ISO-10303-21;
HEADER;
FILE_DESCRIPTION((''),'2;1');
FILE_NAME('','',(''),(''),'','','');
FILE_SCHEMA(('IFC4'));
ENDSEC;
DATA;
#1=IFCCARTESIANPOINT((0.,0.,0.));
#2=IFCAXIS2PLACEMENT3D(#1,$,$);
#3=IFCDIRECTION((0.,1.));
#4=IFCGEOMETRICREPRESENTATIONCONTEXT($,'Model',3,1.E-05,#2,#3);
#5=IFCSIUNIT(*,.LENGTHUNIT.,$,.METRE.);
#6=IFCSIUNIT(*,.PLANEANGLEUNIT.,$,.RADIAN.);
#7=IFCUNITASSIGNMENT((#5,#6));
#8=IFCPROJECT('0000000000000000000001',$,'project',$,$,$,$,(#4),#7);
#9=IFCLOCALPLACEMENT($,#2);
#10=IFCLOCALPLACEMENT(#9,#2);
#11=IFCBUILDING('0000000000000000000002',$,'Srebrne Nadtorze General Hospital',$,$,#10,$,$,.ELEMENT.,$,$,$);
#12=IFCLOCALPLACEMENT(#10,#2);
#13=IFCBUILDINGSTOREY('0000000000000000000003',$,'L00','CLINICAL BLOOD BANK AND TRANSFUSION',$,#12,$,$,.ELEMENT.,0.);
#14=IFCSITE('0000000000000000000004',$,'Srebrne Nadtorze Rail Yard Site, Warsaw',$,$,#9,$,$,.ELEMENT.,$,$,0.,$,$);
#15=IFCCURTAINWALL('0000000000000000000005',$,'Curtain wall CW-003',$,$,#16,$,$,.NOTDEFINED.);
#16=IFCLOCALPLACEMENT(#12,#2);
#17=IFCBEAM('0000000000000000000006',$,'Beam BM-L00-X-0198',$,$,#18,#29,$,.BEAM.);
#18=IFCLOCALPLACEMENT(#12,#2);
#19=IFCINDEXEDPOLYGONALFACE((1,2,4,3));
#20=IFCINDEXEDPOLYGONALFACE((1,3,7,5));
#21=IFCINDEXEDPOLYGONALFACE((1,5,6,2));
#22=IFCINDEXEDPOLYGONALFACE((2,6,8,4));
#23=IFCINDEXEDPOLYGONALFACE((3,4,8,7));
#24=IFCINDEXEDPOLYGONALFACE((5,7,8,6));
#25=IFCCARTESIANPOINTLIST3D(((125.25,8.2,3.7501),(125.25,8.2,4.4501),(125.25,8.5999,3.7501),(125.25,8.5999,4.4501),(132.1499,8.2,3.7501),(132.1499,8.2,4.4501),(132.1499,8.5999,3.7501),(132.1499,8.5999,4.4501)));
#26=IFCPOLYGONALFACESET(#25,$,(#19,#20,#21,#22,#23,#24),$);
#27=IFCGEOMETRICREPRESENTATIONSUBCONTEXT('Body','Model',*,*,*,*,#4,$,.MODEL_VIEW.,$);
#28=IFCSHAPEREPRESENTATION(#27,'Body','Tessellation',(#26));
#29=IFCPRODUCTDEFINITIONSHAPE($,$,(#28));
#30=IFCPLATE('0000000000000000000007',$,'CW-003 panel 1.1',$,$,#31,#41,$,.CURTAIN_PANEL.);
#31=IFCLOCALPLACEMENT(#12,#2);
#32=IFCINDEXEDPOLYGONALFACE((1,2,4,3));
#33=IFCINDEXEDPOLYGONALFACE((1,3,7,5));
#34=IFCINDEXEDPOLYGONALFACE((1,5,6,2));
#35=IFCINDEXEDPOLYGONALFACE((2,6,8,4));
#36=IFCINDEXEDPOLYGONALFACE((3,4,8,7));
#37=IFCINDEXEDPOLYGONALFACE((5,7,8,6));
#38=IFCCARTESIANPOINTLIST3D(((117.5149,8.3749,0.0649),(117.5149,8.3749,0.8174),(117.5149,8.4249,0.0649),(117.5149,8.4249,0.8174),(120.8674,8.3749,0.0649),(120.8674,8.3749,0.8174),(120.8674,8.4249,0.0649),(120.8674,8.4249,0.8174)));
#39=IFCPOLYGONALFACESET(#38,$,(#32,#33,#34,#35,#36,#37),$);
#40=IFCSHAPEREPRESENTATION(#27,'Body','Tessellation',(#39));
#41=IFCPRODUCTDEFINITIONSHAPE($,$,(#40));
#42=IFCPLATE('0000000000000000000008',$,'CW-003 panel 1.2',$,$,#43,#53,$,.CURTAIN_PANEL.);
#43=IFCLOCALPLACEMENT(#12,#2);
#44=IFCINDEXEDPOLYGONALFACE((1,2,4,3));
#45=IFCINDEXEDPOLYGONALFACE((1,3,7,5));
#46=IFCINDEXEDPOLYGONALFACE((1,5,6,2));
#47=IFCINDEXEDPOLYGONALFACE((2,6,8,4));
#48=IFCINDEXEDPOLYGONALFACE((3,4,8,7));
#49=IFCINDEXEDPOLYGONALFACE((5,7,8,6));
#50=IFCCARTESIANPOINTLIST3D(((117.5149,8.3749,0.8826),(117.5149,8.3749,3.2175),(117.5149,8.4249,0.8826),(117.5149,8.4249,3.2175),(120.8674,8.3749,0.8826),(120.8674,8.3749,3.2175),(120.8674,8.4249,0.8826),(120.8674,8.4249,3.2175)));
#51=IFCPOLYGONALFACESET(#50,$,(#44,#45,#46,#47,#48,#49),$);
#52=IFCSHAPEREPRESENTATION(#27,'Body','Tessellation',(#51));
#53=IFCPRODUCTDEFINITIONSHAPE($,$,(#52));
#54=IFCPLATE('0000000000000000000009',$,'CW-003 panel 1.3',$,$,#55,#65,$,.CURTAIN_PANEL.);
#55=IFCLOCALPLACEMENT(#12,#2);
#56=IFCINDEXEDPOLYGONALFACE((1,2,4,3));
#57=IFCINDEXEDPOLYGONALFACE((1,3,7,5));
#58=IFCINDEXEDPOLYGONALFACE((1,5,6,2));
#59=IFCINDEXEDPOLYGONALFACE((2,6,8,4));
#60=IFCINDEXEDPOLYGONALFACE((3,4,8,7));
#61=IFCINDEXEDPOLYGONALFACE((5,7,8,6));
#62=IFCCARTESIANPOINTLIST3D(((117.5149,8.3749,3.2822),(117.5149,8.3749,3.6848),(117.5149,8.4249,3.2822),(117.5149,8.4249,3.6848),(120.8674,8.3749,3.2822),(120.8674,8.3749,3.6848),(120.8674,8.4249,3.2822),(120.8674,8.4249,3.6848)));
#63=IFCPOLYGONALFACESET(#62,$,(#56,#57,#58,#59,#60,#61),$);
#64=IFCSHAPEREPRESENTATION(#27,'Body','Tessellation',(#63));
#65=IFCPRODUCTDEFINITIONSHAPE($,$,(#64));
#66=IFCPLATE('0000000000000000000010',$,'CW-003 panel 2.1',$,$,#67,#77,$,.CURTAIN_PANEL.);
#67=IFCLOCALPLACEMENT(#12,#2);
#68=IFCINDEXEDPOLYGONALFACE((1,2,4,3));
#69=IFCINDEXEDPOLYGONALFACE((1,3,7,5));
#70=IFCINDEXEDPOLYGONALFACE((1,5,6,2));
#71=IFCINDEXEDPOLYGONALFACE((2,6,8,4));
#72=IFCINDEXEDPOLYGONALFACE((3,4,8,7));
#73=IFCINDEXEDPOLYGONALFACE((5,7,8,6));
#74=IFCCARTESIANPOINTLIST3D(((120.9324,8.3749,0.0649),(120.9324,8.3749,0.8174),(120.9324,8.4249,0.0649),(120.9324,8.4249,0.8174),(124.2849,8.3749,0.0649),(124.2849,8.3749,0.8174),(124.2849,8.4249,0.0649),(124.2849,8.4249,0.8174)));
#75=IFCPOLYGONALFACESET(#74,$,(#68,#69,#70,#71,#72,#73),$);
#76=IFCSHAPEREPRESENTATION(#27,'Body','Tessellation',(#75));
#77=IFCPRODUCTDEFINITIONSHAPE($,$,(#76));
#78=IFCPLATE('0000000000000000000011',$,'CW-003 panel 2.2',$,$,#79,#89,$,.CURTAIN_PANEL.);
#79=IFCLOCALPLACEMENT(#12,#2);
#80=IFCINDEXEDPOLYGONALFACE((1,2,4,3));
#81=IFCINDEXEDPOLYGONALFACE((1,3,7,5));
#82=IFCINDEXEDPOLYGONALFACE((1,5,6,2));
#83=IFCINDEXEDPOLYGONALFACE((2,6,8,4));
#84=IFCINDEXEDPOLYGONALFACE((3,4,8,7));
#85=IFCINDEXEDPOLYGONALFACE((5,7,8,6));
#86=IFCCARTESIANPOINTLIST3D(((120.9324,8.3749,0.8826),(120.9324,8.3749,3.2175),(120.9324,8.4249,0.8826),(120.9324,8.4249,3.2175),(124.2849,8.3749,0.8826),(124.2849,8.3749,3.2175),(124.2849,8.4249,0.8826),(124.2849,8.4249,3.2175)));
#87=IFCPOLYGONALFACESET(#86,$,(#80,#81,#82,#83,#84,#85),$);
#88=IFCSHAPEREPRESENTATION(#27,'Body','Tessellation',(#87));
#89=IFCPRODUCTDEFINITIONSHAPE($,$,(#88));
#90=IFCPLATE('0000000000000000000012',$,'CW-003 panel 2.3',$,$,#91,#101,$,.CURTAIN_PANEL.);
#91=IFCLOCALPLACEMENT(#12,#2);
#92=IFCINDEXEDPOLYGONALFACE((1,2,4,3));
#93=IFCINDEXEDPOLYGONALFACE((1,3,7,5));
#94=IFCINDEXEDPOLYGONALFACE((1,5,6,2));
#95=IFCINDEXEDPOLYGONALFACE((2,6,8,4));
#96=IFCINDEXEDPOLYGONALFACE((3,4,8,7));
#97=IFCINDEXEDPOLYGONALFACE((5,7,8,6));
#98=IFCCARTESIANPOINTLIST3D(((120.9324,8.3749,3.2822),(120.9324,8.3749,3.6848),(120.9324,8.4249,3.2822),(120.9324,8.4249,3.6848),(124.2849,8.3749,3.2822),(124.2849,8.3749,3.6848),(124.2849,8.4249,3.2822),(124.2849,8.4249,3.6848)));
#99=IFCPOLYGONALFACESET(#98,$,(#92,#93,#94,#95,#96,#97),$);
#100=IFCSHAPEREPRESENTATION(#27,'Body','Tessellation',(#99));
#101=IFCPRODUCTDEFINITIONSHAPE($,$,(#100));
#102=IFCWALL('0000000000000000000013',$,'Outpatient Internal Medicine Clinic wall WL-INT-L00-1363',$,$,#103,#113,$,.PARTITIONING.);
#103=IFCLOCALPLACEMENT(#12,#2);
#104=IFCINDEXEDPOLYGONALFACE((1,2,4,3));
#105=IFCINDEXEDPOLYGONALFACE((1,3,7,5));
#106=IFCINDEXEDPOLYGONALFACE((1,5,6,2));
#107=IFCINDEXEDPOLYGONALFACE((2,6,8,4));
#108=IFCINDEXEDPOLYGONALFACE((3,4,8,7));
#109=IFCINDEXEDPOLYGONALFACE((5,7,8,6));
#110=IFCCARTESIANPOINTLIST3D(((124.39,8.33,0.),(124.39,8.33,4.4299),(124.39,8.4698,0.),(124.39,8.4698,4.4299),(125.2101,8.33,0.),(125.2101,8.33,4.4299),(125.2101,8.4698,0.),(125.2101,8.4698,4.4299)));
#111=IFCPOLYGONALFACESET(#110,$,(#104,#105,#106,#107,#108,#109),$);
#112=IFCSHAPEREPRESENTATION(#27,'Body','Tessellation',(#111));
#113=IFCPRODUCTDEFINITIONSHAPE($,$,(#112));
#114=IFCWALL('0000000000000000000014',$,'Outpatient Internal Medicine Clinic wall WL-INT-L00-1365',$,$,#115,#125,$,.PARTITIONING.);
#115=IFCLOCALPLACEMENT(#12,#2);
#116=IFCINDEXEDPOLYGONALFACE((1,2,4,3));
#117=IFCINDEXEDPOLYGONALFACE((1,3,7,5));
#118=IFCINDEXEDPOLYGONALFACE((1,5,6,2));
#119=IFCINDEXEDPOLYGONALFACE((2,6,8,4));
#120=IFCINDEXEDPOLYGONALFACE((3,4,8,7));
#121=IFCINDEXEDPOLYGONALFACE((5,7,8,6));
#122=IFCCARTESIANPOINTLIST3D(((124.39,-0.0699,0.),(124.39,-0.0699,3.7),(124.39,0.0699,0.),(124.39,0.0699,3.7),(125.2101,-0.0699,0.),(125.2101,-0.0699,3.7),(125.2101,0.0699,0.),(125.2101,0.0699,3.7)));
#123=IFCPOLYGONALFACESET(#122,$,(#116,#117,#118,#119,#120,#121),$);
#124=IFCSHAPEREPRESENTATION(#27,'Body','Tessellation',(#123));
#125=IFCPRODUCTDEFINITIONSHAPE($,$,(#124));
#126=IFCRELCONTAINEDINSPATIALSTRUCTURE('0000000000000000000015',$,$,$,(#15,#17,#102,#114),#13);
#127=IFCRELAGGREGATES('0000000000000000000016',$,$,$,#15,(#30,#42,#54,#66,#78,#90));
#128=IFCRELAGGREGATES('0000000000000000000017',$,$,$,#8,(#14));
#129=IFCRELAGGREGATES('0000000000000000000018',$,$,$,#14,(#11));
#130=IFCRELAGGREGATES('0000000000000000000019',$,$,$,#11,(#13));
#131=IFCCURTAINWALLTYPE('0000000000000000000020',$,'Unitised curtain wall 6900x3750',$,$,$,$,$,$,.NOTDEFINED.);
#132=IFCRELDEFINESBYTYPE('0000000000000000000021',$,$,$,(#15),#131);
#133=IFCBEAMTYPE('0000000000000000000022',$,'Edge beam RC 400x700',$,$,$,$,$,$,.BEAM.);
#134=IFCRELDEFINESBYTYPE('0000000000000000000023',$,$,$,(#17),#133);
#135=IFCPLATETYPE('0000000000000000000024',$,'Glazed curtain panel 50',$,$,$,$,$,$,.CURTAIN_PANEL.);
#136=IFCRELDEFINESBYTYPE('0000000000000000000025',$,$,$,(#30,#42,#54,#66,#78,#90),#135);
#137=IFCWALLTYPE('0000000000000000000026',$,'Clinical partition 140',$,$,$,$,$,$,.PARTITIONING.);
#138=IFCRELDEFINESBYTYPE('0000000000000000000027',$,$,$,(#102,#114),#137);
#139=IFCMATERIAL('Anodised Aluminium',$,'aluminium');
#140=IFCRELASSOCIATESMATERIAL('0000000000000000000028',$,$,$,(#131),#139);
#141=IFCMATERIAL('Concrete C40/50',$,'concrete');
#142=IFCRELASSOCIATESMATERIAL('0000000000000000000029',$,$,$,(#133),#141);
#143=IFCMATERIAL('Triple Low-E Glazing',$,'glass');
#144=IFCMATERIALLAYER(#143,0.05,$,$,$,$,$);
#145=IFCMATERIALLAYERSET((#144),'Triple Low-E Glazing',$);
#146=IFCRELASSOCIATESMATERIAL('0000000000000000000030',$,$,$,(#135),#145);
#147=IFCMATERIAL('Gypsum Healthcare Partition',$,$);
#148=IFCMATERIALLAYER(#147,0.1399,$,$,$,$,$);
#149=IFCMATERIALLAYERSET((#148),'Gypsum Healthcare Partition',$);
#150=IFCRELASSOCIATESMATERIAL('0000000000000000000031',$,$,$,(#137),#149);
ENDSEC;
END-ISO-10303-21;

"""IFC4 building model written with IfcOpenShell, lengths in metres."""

from ifc_helpers import new_model, si_unit, direction, frame, frame_2d, origin, origin_2d, place, context, subcontext, project, spatial, rectangle, extrude, material, layer, layer_set, material_profile, profile_set, type_object, element, aggregate, save


model = new_model("IFC4")

# Units and contexts
model_context = context("Model", 3, precision=1e-05, world=origin(), true_north=direction((0.0, 1.0)))
body_context = subcontext(model_context, "Body", "Model", "MODEL_VIEW")
ifc_project = project(units=[si_unit("LENGTHUNIT", "METRE"), si_unit("PLANEANGLEUNIT", "RADIAN")], contexts=[model_context])

# Site, building, storey
site_placement = place(None, origin())
site = spatial("IfcSite", under=ifc_project, at=site_placement, Name="Srebrne Nadtorze Rail Yard Site, Warsaw", CompositionType="ELEMENT", RefElevation=0.0)
building_placement = place(site_placement, origin())
building = spatial("IfcBuilding", under=site, at=building_placement, Name="Srebrne Nadtorze General Hospital", CompositionType="ELEMENT")
storey_placement = place(building_placement, origin())
storey = spatial("IfcBuildingStorey", under=building, at=storey_placement, Name="L00", Description="CLINICAL BLOOD BANK AND TRANSFUSION", CompositionType="ELEMENT", Elevation=0.0)

# Shared definitions
ifc_material_1 = material(Name="Anodised Aluminium", Category="aluminium")
curtain_wall_type = type_object("IfcCurtainWallType", Name="Unitised curtain wall 6900x3750", PredefinedType="NOTDEFINED", material=ifc_material_1)

# Curtain wall
curtain_wall_1_placement = place(storey_placement, origin())
curtain_wall_1 = element("IfcCurtainWall", 1, at=curtain_wall_1_placement, inside=storey, type_object=curtain_wall_type, Name="Curtain wall CW-003", PredefinedType="NOTDEFINED")

# Beam
ifc_material_2 = material(Name="Concrete C40/50", Category="concrete")
ifc_material_profile_1 = material_profile(ifc_material_2, rectangle(XDim=0.3999, YDim=0.7, at=origin_2d()), Name="RC-BM-400x700")
ifc_profile_set_1 = profile_set([ifc_material_profile_1], Name="Concrete C40/50")
beam_type = type_object("IfcBeamType", Name="Edge beam RC 400x700", PredefinedType="BEAM", material=ifc_profile_set_1)
for number, where, z_axis, x_axis, name in (
    (2, (125.25, 8.3999, 4.1001), (1.0, 0.0, 0.0), (0.0, 1.0, 0.0), "Beam BM-L00-X-0198"),
):
    element("IfcBeam", number, at=place(storey_placement, frame(where, z_axis=z_axis, x_axis=x_axis)), inside=storey, type_object=beam_type, Name=name, PredefinedType="BEAM", context=body_context, shape_type="SweptSolid", body=[
        extrude(rectangle(XDim=0.3999, YDim=0.7, at=origin_2d()), origin(), (0.0, 0.0, 1.0), 6.8999),
    ])

# Plates
ifc_material_3 = material(Name="Triple Low-E Glazing", Category="glass")
ifc_layer_1 = layer(ifc_material_3, 0.05)
ifc_layer_set_1 = layer_set([ifc_layer_1], Name="Triple Low-E Glazing")
plate_type = type_object("IfcPlateType", Name="Glazed curtain panel 50", PredefinedType="CURTAIN_PANEL", material=ifc_layer_set_1)
plate_1_placement = place(storey_placement, frame((119.1912, 8.3999, 0.0649), z_axis=(0.0, 0.0, 1.0), x_axis=(1.0, 0.0, 0.0)))
plate_1 = element("IfcPlate", 3, at=plate_1_placement, type_object=plate_type, Name="CW-003 panel 1.1", PredefinedType="CURTAIN_PANEL", context=body_context, shape_type="SweptSolid", body=[
    extrude(rectangle(XDim=3.3525, YDim=0.05, at=origin_2d()), origin(), (0.0, 0.0, 1.0), 0.7524),
])
plate_2_placement = place(storey_placement, frame((119.1912, 8.3999, 0.8826), z_axis=(0.0, 0.0, 1.0), x_axis=(1.0, 0.0, 0.0)))
plate_2 = element("IfcPlate", 4, at=plate_2_placement, type_object=plate_type, Name="CW-003 panel 1.2", PredefinedType="CURTAIN_PANEL", context=body_context, shape_type="SweptSolid", body=[
    extrude(rectangle(XDim=3.3525, YDim=0.05, at=origin_2d()), origin(), (0.0, 0.0, 1.0), 2.335),
])
plate_3_placement = place(storey_placement, frame((119.1912, 8.3999, 3.2822), z_axis=(0.0, 0.0, 1.0), x_axis=(1.0, 0.0, 0.0)))
plate_3 = element("IfcPlate", 5, at=plate_3_placement, type_object=plate_type, Name="CW-003 panel 1.3", PredefinedType="CURTAIN_PANEL", context=body_context, shape_type="SweptSolid", body=[
    extrude(rectangle(XDim=3.3525, YDim=0.05, at=origin_2d()), origin(), (0.0, 0.0, 1.0), 0.4026),
])
plate_4_placement = place(storey_placement, frame((122.6086, 8.3999, 0.0649), z_axis=(0.0, 0.0, 1.0), x_axis=(1.0, 0.0, 0.0)))
plate_4 = element("IfcPlate", 6, at=plate_4_placement, type_object=plate_type, Name="CW-003 panel 2.1", PredefinedType="CURTAIN_PANEL", context=body_context, shape_type="SweptSolid", body=[
    extrude(rectangle(XDim=3.3525, YDim=0.05, at=origin_2d()), origin(), (0.0, 0.0, 1.0), 0.7524),
])
plate_5_placement = place(storey_placement, frame((122.6086, 8.3999, 0.8826), z_axis=(0.0, 0.0, 1.0), x_axis=(1.0, 0.0, 0.0)))
plate_5 = element("IfcPlate", 7, at=plate_5_placement, type_object=plate_type, Name="CW-003 panel 2.2", PredefinedType="CURTAIN_PANEL", context=body_context, shape_type="SweptSolid", body=[
    extrude(rectangle(XDim=3.3525, YDim=0.05, at=origin_2d()), origin(), (0.0, 0.0, 1.0), 2.335),
])
plate_6_placement = place(storey_placement, frame((122.6086, 8.3999, 3.2822), z_axis=(0.0, 0.0, 1.0), x_axis=(1.0, 0.0, 0.0)))
plate_6 = element("IfcPlate", 8, at=plate_6_placement, type_object=plate_type, Name="CW-003 panel 2.3", PredefinedType="CURTAIN_PANEL", context=body_context, shape_type="SweptSolid", body=[
    extrude(rectangle(XDim=3.3525, YDim=0.05, at=origin_2d()), origin(), (0.0, 0.0, 1.0), 0.4026),
])
aggregate(curtain_wall_1, [plate_1, plate_2, plate_3, plate_4, plate_5, plate_6])

# Walls
ifc_material_4 = material(Name="Gypsum Healthcare Partition")
ifc_layer_2 = layer(ifc_material_4, 0.1399)
ifc_layer_set_2 = layer_set([ifc_layer_2], Name="Gypsum Healthcare Partition")
wall_type_1 = type_object("IfcWallType", Name="Clinical partition 140", PredefinedType="PARTITIONING", material=ifc_layer_set_2)
wall_1_placement = place(storey_placement, frame((124.3899, 8.3999, 0.0), z_axis=(0.0, 0.0, 1.0), x_axis=(1.0, 0.0, 0.0)))
element("IfcWall", 9, at=wall_1_placement, inside=storey, type_object=wall_type_1, Name="Outpatient Internal Medicine Clinic wall WL-INT-L00-1363", PredefinedType="PARTITIONING", context=body_context, shape_type="SweptSolid", body=[
    extrude(rectangle(XDim=0.8201, YDim=0.1399, at=frame_2d((0.4102, 0.0))), origin(), (0.0, 0.0, 1.0), 4.4299),
])
wall_2_placement = place(storey_placement, frame((124.3899, 0.0, 0.0), z_axis=(0.0, 0.0, 1.0), x_axis=(1.0, 0.0, 0.0)))
element("IfcWall", 10, at=wall_2_placement, inside=storey, type_object=wall_type_1, Name="Outpatient Internal Medicine Clinic wall WL-INT-L00-1365", PredefinedType="PARTITIONING", context=body_context, shape_type="SweptSolid", body=[
    extrude(rectangle(XDim=0.8201, YDim=0.1399, at=frame_2d((0.4102, 0.0))), origin(), (0.0, 0.0, 1.0), 3.7),
])

save(model, "model.ifc")
